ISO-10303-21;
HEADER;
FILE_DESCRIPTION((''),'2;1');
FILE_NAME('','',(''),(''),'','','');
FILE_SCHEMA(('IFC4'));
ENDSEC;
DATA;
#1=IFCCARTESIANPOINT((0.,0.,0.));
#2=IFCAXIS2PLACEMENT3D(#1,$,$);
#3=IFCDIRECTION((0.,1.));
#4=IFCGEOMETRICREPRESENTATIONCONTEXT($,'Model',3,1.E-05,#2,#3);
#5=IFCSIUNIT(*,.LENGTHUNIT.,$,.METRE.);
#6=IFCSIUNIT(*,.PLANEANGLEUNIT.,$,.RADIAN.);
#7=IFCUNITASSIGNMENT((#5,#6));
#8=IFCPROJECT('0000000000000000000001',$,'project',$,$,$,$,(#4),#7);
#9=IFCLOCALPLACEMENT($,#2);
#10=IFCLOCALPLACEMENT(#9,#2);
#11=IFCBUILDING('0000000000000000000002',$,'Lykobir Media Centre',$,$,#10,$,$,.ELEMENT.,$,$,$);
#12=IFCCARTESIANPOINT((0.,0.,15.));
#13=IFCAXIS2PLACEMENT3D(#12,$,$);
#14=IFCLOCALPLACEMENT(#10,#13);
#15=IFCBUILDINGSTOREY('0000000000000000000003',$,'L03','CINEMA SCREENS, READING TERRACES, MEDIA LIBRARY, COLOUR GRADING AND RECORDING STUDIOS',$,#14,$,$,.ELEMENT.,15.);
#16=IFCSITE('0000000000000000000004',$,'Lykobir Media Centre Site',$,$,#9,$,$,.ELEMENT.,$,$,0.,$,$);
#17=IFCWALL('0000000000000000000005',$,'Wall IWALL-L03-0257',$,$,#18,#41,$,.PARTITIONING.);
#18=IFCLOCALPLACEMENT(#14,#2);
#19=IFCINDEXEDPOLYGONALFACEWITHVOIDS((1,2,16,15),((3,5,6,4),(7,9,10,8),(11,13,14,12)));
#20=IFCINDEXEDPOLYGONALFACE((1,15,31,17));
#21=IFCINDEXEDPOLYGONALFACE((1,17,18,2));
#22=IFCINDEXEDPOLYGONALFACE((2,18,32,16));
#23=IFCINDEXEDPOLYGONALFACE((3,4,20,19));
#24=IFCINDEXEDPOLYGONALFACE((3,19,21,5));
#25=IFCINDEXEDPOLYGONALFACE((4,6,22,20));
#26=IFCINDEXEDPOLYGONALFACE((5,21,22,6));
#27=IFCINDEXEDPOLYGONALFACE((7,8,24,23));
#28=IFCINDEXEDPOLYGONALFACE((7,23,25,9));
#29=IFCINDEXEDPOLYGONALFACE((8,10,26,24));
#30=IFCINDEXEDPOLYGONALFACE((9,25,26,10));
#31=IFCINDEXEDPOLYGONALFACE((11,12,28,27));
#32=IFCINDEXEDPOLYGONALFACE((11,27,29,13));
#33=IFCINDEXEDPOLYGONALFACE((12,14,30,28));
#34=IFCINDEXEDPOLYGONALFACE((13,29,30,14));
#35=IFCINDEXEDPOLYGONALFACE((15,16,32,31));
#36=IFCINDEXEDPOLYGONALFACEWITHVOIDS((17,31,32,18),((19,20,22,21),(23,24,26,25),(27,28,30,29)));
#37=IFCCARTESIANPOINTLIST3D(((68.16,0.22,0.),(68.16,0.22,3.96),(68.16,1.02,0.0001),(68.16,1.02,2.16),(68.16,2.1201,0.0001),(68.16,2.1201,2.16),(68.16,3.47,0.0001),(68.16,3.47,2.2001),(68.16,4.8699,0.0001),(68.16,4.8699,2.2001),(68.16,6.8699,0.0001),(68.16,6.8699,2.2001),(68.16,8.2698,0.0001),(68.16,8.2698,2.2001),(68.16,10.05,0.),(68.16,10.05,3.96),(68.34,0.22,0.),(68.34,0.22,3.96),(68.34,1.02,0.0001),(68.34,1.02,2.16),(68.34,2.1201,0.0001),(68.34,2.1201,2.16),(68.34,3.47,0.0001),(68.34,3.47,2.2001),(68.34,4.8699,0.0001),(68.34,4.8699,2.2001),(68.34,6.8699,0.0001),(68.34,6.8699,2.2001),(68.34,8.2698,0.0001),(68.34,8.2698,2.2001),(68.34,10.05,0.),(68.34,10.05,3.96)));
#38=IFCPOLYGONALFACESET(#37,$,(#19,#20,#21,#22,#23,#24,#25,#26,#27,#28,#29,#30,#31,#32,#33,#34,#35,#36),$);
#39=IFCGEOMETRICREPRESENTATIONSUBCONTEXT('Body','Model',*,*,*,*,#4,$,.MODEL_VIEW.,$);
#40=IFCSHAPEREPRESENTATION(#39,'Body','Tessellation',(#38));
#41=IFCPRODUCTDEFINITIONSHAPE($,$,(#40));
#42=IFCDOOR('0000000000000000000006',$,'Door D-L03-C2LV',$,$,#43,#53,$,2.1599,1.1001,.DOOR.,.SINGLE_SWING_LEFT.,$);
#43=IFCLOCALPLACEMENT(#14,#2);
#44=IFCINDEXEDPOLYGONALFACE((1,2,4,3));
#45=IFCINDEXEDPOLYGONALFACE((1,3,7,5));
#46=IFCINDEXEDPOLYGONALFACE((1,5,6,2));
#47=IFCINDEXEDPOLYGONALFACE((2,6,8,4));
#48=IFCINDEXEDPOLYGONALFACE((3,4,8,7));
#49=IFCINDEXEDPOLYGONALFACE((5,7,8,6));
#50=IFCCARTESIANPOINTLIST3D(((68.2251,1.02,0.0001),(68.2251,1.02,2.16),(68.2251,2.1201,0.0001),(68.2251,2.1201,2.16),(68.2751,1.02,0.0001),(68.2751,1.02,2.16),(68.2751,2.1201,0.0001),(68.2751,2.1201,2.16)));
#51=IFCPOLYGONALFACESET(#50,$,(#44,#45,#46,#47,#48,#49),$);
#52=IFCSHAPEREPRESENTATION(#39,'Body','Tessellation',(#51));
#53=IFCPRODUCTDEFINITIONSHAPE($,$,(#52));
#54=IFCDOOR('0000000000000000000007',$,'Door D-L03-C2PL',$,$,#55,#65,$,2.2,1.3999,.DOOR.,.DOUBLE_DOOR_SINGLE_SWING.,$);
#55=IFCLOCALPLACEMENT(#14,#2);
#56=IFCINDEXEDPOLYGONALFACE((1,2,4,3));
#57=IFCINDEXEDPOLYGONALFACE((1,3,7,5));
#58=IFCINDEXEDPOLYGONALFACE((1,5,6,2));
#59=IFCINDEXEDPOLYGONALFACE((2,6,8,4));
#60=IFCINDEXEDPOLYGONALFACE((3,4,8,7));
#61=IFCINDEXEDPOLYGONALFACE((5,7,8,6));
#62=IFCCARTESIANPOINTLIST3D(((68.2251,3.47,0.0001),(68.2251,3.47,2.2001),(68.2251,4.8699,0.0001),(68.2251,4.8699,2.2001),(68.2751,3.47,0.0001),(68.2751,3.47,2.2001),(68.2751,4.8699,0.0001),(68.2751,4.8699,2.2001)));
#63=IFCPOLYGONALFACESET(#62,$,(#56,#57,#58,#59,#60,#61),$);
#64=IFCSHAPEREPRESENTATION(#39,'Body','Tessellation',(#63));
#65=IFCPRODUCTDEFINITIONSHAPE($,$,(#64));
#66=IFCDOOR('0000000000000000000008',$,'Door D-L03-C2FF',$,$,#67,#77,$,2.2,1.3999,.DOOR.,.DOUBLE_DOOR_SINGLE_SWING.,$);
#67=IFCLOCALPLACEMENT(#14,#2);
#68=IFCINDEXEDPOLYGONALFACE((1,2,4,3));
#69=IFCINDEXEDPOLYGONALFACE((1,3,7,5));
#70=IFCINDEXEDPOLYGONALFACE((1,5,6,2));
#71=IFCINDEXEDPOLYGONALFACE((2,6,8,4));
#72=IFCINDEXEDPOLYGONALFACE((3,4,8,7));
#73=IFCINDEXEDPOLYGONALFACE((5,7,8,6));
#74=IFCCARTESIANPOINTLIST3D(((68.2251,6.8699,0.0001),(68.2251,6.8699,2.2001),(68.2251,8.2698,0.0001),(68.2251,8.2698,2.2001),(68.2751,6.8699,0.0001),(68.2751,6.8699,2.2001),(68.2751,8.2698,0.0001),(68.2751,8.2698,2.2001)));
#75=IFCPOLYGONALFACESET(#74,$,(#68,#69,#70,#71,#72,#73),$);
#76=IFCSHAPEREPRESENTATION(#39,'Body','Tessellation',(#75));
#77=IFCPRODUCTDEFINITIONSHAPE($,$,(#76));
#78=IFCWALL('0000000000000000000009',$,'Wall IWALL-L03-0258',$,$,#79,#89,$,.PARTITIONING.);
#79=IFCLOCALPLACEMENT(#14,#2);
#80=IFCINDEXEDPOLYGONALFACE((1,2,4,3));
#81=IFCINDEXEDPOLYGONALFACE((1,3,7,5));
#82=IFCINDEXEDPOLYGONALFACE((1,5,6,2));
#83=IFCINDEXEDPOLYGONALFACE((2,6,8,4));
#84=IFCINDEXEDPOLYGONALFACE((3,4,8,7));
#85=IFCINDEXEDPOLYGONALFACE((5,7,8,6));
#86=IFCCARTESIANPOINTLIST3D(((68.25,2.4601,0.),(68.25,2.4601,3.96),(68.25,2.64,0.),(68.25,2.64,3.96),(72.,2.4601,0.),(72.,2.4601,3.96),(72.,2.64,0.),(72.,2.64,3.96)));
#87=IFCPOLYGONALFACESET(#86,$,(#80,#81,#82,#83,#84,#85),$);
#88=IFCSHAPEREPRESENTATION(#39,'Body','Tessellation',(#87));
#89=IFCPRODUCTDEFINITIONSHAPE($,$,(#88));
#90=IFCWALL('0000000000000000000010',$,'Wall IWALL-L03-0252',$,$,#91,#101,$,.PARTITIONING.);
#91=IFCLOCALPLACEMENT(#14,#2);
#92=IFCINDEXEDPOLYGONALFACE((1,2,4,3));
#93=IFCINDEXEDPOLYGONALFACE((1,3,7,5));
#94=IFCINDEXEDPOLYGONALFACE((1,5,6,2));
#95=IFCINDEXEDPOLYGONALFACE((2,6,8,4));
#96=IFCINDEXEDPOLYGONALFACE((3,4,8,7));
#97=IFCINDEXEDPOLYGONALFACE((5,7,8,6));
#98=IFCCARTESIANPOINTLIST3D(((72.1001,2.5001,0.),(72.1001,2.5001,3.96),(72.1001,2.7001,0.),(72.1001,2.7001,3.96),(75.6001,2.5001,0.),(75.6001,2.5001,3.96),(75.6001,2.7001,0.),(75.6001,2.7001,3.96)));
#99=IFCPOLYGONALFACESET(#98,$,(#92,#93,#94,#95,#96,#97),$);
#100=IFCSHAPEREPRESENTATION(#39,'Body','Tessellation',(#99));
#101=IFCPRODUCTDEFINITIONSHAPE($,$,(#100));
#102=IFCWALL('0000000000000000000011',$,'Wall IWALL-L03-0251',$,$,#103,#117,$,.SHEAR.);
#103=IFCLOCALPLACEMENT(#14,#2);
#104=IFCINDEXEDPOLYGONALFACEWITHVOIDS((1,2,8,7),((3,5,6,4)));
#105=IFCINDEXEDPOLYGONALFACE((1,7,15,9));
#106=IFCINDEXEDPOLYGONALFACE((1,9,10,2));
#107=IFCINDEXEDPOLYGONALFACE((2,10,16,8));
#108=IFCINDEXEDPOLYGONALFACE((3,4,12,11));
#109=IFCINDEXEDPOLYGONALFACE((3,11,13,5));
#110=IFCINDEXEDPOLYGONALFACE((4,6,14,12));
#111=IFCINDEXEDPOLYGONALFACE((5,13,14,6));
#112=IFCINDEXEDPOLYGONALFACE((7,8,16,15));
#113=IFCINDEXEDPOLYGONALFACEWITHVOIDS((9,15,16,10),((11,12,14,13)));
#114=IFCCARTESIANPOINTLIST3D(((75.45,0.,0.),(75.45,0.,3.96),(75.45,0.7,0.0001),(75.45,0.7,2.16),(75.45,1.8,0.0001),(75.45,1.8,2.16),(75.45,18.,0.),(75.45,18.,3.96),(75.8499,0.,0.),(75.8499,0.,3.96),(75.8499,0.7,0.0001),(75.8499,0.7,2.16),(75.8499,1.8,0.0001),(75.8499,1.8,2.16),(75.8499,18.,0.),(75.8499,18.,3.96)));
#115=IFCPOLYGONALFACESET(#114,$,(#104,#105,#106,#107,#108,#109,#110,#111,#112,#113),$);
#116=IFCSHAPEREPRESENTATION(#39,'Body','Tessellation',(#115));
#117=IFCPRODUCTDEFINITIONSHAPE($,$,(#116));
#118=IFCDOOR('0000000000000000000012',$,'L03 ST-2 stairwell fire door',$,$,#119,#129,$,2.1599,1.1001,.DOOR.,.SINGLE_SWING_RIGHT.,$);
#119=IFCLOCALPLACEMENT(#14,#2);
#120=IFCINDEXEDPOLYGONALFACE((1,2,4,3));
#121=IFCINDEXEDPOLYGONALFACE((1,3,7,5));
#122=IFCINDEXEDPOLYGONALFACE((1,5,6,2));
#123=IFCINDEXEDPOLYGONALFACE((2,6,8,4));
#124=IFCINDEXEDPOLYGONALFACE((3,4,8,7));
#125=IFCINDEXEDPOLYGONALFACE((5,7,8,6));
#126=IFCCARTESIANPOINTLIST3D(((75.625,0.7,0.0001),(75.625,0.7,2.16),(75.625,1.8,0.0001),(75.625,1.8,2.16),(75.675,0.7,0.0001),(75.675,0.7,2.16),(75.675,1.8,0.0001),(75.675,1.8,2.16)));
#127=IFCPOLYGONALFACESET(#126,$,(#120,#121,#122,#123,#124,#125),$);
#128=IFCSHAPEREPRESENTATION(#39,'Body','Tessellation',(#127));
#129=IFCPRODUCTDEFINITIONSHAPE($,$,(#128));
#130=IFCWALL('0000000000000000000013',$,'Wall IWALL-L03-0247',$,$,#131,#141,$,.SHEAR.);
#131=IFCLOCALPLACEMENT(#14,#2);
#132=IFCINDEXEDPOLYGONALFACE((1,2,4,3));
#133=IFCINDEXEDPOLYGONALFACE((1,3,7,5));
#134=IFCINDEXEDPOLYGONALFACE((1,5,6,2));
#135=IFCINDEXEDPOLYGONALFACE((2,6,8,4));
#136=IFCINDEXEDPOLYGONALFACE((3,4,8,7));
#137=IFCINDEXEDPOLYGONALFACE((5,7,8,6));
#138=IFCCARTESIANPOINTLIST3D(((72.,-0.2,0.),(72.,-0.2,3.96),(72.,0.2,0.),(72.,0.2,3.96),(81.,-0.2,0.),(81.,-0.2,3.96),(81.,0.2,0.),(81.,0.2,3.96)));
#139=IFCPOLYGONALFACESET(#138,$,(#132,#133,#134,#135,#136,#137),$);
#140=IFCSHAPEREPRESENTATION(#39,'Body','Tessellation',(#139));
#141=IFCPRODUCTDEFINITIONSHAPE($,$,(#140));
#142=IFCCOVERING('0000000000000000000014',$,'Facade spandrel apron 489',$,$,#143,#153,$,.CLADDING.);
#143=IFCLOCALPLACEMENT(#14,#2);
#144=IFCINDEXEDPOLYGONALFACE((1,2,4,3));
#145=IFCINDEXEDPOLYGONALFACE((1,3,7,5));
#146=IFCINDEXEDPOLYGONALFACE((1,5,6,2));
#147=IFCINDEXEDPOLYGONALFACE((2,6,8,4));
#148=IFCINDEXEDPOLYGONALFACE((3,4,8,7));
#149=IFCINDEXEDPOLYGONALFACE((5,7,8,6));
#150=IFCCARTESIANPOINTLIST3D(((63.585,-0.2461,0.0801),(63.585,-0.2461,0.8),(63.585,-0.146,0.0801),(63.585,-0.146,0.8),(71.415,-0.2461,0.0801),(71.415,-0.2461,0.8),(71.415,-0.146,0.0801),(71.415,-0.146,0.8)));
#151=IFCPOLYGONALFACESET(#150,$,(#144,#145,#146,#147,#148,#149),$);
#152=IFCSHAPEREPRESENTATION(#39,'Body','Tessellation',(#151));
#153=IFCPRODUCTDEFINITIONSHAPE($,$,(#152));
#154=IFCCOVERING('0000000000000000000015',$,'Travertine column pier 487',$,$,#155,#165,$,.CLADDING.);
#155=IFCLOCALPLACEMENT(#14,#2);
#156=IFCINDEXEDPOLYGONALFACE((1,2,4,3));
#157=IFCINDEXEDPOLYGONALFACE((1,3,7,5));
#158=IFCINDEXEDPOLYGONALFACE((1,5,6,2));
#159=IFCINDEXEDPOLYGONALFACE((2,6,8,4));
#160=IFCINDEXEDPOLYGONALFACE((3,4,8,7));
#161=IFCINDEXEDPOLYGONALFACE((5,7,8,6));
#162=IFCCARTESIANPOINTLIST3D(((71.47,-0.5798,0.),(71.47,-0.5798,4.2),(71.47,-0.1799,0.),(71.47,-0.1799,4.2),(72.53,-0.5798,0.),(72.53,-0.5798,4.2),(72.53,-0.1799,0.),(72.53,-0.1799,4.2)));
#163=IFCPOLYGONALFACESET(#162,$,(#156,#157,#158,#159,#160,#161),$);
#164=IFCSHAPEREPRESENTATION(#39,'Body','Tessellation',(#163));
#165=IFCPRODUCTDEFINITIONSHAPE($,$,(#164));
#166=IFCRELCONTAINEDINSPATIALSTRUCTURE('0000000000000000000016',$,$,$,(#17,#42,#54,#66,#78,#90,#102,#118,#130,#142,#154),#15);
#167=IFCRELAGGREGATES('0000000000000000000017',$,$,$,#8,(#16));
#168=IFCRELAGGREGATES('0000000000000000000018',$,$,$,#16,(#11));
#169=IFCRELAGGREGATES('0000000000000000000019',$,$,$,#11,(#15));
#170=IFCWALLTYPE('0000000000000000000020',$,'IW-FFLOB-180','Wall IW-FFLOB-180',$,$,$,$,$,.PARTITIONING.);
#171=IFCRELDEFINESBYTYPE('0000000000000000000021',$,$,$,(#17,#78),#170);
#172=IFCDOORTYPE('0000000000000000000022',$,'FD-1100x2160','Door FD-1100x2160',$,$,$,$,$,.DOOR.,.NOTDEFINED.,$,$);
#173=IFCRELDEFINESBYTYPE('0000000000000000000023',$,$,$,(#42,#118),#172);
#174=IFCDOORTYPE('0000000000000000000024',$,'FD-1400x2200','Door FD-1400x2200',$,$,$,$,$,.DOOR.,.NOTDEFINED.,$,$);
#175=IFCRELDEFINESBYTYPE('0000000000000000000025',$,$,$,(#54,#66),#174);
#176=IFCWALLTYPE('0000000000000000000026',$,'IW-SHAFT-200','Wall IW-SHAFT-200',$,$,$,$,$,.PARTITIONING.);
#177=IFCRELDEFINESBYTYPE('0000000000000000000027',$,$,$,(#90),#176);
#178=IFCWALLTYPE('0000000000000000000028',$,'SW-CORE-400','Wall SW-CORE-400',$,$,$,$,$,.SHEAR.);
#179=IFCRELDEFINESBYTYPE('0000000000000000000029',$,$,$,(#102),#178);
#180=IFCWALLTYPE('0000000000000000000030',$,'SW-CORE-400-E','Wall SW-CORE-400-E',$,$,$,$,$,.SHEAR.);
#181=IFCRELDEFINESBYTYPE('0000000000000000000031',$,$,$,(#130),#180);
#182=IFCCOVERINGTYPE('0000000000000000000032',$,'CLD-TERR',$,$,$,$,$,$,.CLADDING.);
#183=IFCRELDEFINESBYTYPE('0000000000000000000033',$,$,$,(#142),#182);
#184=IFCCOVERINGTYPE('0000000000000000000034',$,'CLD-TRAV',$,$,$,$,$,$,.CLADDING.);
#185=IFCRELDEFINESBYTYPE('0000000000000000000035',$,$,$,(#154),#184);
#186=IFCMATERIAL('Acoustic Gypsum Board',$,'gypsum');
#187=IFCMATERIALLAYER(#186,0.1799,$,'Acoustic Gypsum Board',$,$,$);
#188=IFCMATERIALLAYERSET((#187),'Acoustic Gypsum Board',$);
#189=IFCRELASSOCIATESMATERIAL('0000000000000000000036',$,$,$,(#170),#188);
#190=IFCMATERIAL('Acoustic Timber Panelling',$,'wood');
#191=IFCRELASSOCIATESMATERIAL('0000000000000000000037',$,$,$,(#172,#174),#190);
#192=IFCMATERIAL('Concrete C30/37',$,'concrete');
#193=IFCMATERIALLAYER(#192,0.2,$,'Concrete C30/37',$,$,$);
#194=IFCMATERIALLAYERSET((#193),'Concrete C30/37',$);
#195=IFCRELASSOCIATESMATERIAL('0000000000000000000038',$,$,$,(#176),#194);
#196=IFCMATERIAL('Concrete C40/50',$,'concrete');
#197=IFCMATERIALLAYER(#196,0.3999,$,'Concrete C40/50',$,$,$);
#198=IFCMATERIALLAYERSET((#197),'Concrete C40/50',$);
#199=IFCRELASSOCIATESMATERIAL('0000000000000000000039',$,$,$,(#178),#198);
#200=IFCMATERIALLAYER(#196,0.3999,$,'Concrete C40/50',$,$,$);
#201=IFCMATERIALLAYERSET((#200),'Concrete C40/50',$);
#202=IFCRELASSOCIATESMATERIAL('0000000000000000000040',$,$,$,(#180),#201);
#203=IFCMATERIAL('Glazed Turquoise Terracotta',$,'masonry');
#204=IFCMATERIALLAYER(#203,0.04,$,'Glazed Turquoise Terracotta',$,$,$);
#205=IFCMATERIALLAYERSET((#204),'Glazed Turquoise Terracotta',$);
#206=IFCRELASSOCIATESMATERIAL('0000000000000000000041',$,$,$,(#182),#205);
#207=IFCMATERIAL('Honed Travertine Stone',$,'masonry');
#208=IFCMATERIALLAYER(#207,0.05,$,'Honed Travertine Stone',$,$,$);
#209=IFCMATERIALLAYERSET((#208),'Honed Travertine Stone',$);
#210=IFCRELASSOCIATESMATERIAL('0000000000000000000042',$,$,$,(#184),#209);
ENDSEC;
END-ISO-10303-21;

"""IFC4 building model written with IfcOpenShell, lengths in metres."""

from ifc_helpers import new_model, si_unit, direction, frame, frame_2d, origin, origin_2d, place, context, subcontext, project, spatial, rectangle, extrude, material, layer, layer_set, type_object, element, fill, save


model = new_model("IFC4")

# Units and contexts
model_context = context("Model", 3, precision=1e-05, world=origin(), true_north=direction((0.0, 1.0)))
body_context = subcontext(model_context, "Body", "Model", "MODEL_VIEW")
ifc_project = project(units=[si_unit("LENGTHUNIT", "METRE"), si_unit("PLANEANGLEUNIT", "RADIAN")], contexts=[model_context])

# Site, building, storey
site_placement = place(None, origin())
site = spatial("IfcSite", under=ifc_project, at=site_placement, Name="Lykobir Media Centre Site", CompositionType="ELEMENT", RefElevation=0.0)
building_placement = place(site_placement, origin())
building = spatial("IfcBuilding", under=site, at=building_placement, Name="Lykobir Media Centre", CompositionType="ELEMENT")
storey_placement = place(building_placement, frame((0.0, 0.0, 15.0)))
storey = spatial("IfcBuildingStorey", under=building, at=storey_placement, Name="L03", Description="CINEMA SCREENS, READING TERRACES, MEDIA LIBRARY, COLOUR GRADING AND RECORDING STUDIOS", CompositionType="ELEMENT", Elevation=15.0)

# Shared definitions
ifc_material_1 = material(Name="Concrete C40/50", Category="concrete")

# Shared definitions
ifc_material_2 = material(Name="Acoustic Gypsum Board", Category="gypsum")

# Wall, openings, doors
ifc_layer_1 = layer(ifc_material_2, 0.1799, Name="Acoustic Gypsum Board")
ifc_layer_set_1 = layer_set([ifc_layer_1], Name="Acoustic Gypsum Board")
wall_type_1 = type_object("IfcWallType", Name="IW-FFLOB-180", Description="Wall IW-FFLOB-180", PredefinedType="PARTITIONING", material=ifc_layer_set_1)
wall_1_placement = place(storey_placement, frame((68.25, 0.22, 0.0), z_axis=(0.0, 0.0, 1.0), x_axis=(0.0, 1.0, 0.0)))
wall_1 = element("IfcWall", 1, at=wall_1_placement, inside=storey, type_object=wall_type_1, Name="Wall IWALL-L03-0257", PredefinedType="PARTITIONING", context=body_context, shape_type="SweptSolid", body=[
    extrude(rectangle(XDim=9.8301, YDim=0.1799, at=frame_2d((4.915, 0.0))), origin(), (0.0, 0.0, 1.0), 3.96),
])
opening_1_placement = place(wall_1_placement, frame((0.8, 0.0, 0.0)))
opening_1 = element("IfcOpeningElement", 2, at=opening_1_placement, cuts=wall_1, PredefinedType="OPENING", context=body_context, shape_type="SweptSolid", body=[
    extrude(rectangle(XDim=1.1001, YDim=2.1599, at=frame_2d((0.55, 1.0801))), frame((0.0, 0.0999, 0.0), z_axis=(0.0, -1.0, 0.0), x_axis=(1.0, 0.0, 0.0)), (0.0, 0.0, 1.0), 0.2),
])
opening_2_placement = place(wall_1_placement, frame((3.25, 0.0, 0.0)))
opening_2 = element("IfcOpeningElement", 3, at=opening_2_placement, cuts=wall_1, PredefinedType="OPENING", context=body_context, shape_type="SweptSolid", body=[
    extrude(rectangle(XDim=1.3999, YDim=2.2, at=frame_2d((0.7, 1.1001))), frame((0.0, 0.0999, 0.0), z_axis=(0.0, -1.0, 0.0), x_axis=(1.0, 0.0, 0.0)), (0.0, 0.0, 1.0), 0.2),
])
opening_3_placement = place(wall_1_placement, frame((6.6499, 0.0, 0.0)))
opening_3 = element("IfcOpeningElement", 4, at=opening_3_placement, cuts=wall_1, PredefinedType="OPENING", context=body_context, shape_type="SweptSolid", body=[
    extrude(rectangle(XDim=1.3999, YDim=2.2, at=frame_2d((0.7, 1.1001))), frame((0.0, 0.0999, 0.0), z_axis=(0.0, -1.0, 0.0), x_axis=(1.0, 0.0, 0.0)), (0.0, 0.0, 1.0), 0.2),
])
ifc_material_3 = material(Name="Acoustic Timber Panelling", Category="wood")
door_type_1 = type_object("IfcDoorType", Name="FD-1100x2160", Description="Door FD-1100x2160", OperationType="NOTDEFINED", PredefinedType="DOOR", material=ifc_material_3)
door_1_placement = place(opening_1_placement, origin())
door_1 = element("IfcDoor", 5, at=door_1_placement, inside=storey, type_object=door_type_1, Name="Door D-L03-C2LV", OperationType="SINGLE_SWING_LEFT", OverallHeight=2.1599, OverallWidth=1.1001, PredefinedType="DOOR", context=body_context, shape_type="SweptSolid", body=[
    extrude(rectangle(XDim=1.1001, YDim=2.1599, at=frame_2d((0.55, 1.0801))), frame((0.0, 0.0249, 0.0), z_axis=(0.0, -1.0, 0.0), x_axis=(1.0, 0.0, 0.0)), (0.0, 0.0, 1.0), 0.05),
])
fill(opening_1, door_1)
door_type_2 = type_object("IfcDoorType", Name="FD-1400x2200", Description="Door FD-1400x2200", OperationType="NOTDEFINED", PredefinedType="DOOR", material=ifc_material_3)
door_2_placement = place(opening_2_placement, origin())
door_2 = element("IfcDoor", 6, at=door_2_placement, inside=storey, type_object=door_type_2, Name="Door D-L03-C2PL", OperationType="DOUBLE_DOOR_SINGLE_SWING", OverallHeight=2.2, OverallWidth=1.3999, PredefinedType="DOOR", context=body_context, shape_type="SweptSolid", body=[
    extrude(rectangle(XDim=1.3999, YDim=2.2, at=frame_2d((0.7, 1.1001))), frame((0.0, 0.0249, 0.0), z_axis=(0.0, -1.0, 0.0), x_axis=(1.0, 0.0, 0.0)), (0.0, 0.0, 1.0), 0.05),
])
fill(opening_2, door_2)
door_3_placement = place(opening_3_placement, origin())
door_3 = element("IfcDoor", 7, at=door_3_placement, inside=storey, type_object=door_type_2, Name="Door D-L03-C2FF", OperationType="DOUBLE_DOOR_SINGLE_SWING", OverallHeight=2.2, OverallWidth=1.3999, PredefinedType="DOOR", context=body_context, shape_type="SweptSolid", body=[
    extrude(rectangle(XDim=1.3999, YDim=2.2, at=frame_2d((0.7, 1.1001))), frame((0.0, 0.0249, 0.0), z_axis=(0.0, -1.0, 0.0), x_axis=(1.0, 0.0, 0.0)), (0.0, 0.0, 1.0), 0.05),
])
fill(opening_3, door_3)

# Walls
wall_2_placement = place(storey_placement, frame((68.25, 2.55, 0.0), z_axis=(0.0, 0.0, 1.0), x_axis=(1.0, 0.0, 0.0)))
element("IfcWall", 8, at=wall_2_placement, inside=storey, type_object=wall_type_1, Name="Wall IWALL-L03-0258", PredefinedType="PARTITIONING", context=body_context, shape_type="SweptSolid", body=[
    extrude(rectangle(XDim=3.75, YDim=0.1799, at=frame_2d((1.875, 0.0))), origin(), (0.0, 0.0, 1.0), 3.96),
])
ifc_material_4 = material(Name="Concrete C30/37", Category="concrete")
ifc_layer_2 = layer(ifc_material_4, 0.2, Name="Concrete C30/37")
ifc_layer_set_2 = layer_set([ifc_layer_2], Name="Concrete C30/37")
wall_type_2 = type_object("IfcWallType", Name="IW-SHAFT-200", Description="Wall IW-SHAFT-200", PredefinedType="PARTITIONING", material=ifc_layer_set_2)
wall_3_placement = place(storey_placement, frame((72.1001, 2.6001, 0.0), z_axis=(0.0, 0.0, 1.0), x_axis=(1.0, 0.0, 0.0)))
element("IfcWall", 9, at=wall_3_placement, inside=storey, type_object=wall_type_2, Name="Wall IWALL-L03-0252", PredefinedType="PARTITIONING", context=body_context, shape_type="SweptSolid", body=[
    extrude(rectangle(XDim=3.5, YDim=0.2, at=frame_2d((1.75, 0.0))), origin(), (0.0, 0.0, 1.0), 3.96),
])

# Wall, opening, door
ifc_layer_3 = layer(ifc_material_1, 0.3999, Name="Concrete C40/50")
ifc_layer_set_3 = layer_set([ifc_layer_3], Name="Concrete C40/50")
wall_type_3 = type_object("IfcWallType", Name="SW-CORE-400", Description="Wall SW-CORE-400", PredefinedType="SHEAR", material=ifc_layer_set_3)
wall_4_placement = place(storey_placement, frame((75.6499, 0.0, 0.0), z_axis=(0.0, 0.0, 1.0), x_axis=(0.0, 1.0, 0.0)))
wall_4 = element("IfcWall", 10, at=wall_4_placement, inside=storey, type_object=wall_type_3, Name="Wall IWALL-L03-0251", PredefinedType="SHEAR", context=body_context, shape_type="SweptSolid", body=[
    extrude(rectangle(XDim=18.0, YDim=0.3999, at=frame_2d((9.0, 0.0))), origin(), (0.0, 0.0, 1.0), 3.96),
])
opening_4_placement = place(wall_4_placement, frame((0.7, 0.0, 0.0)))
opening_4 = element("IfcOpeningElement", 11, at=opening_4_placement, cuts=wall_4, PredefinedType="OPENING", context=body_context, shape_type="SweptSolid", body=[
    extrude(rectangle(XDim=1.1001, YDim=2.1599, at=frame_2d((0.55, 1.0801))), frame((0.0, 0.21, 0.0), z_axis=(0.0, -1.0, 0.0), x_axis=(1.0, 0.0, 0.0)), (0.0, 0.0, 1.0), 0.4199),
])
door_4_placement = place(opening_4_placement, origin())
door_4 = element("IfcDoor", 12, at=door_4_placement, inside=storey, type_object=door_type_1, Name="L03 ST-2 stairwell fire door", OperationType="SINGLE_SWING_RIGHT", OverallHeight=2.1599, OverallWidth=1.1001, PredefinedType="DOOR", context=body_context, shape_type="SweptSolid", body=[
    extrude(rectangle(XDim=1.1001, YDim=2.1599, at=frame_2d((0.55, 1.0801))), frame((0.0, 0.0249, 0.0), z_axis=(0.0, -1.0, 0.0), x_axis=(1.0, 0.0, 0.0)), (0.0, 0.0, 1.0), 0.05),
])
fill(opening_4, door_4)

# Wall
ifc_layer_4 = layer(ifc_material_1, 0.3999, Name="Concrete C40/50")
ifc_layer_set_4 = layer_set([ifc_layer_4], Name="Concrete C40/50")
wall_type_4 = type_object("IfcWallType", Name="SW-CORE-400-E", Description="Wall SW-CORE-400-E", PredefinedType="SHEAR", material=ifc_layer_set_4)
wall_5_placement = place(storey_placement, frame((72.0, 0.0, 0.0), z_axis=(0.0, 0.0, 1.0), x_axis=(1.0, 0.0, 0.0)))
element("IfcWall", 13, at=wall_5_placement, inside=storey, type_object=wall_type_4, Name="Wall IWALL-L03-0247", PredefinedType="SHEAR", context=body_context, shape_type="SweptSolid", body=[
    extrude(rectangle(XDim=9.0, YDim=0.3999, at=frame_2d((4.5, 0.0))), origin(), (0.0, 0.0, 1.0), 3.96),
])

# Coverings
ifc_material_5 = material(Name="Glazed Turquoise Terracotta", Category="masonry")
ifc_layer_5 = layer(ifc_material_5, 0.04, Name="Glazed Turquoise Terracotta")
ifc_layer_set_5 = layer_set([ifc_layer_5], Name="Glazed Turquoise Terracotta")
covering_type_1 = type_object("IfcCoveringType", Name="CLD-TERR", PredefinedType="CLADDING", material=ifc_layer_set_5)
covering_1_placement = place(storey_placement, frame((67.5, -0.196, 0.0801), z_axis=(0.0, 0.0, 1.0), x_axis=(1.0, 0.0, 0.0)))
element("IfcCovering", 14, at=covering_1_placement, inside=storey, type_object=covering_type_1, Name="Facade spandrel apron 489", PredefinedType="CLADDING", context=body_context, shape_type="SweptSolid", body=[
    extrude(rectangle(XDim=7.8301, YDim=0.1001, at=origin_2d()), origin(), (0.0, 0.0, 1.0), 0.72),
])
ifc_material_6 = material(Name="Honed Travertine Stone", Category="masonry")
ifc_layer_6 = layer(ifc_material_6, 0.05, Name="Honed Travertine Stone")
ifc_layer_set_6 = layer_set([ifc_layer_6], Name="Honed Travertine Stone")
covering_type_2 = type_object("IfcCoveringType", Name="CLD-TRAV", PredefinedType="CLADDING", material=ifc_layer_set_6)
covering_2_placement = place(storey_placement, frame((72.0, -0.3799, 0.0), z_axis=(0.0, 0.0, 1.0), x_axis=(1.0, 0.0, 0.0)))
element("IfcCovering", 15, at=covering_2_placement, inside=storey, type_object=covering_type_2, Name="Travertine column pier 487", PredefinedType="CLADDING", context=body_context, shape_type="SweptSolid", body=[
    extrude(rectangle(XDim=1.0601, YDim=0.3999, at=origin_2d()), origin(), (0.0, 0.0, 1.0), 4.2),
])

save(model, "model.ifc")
